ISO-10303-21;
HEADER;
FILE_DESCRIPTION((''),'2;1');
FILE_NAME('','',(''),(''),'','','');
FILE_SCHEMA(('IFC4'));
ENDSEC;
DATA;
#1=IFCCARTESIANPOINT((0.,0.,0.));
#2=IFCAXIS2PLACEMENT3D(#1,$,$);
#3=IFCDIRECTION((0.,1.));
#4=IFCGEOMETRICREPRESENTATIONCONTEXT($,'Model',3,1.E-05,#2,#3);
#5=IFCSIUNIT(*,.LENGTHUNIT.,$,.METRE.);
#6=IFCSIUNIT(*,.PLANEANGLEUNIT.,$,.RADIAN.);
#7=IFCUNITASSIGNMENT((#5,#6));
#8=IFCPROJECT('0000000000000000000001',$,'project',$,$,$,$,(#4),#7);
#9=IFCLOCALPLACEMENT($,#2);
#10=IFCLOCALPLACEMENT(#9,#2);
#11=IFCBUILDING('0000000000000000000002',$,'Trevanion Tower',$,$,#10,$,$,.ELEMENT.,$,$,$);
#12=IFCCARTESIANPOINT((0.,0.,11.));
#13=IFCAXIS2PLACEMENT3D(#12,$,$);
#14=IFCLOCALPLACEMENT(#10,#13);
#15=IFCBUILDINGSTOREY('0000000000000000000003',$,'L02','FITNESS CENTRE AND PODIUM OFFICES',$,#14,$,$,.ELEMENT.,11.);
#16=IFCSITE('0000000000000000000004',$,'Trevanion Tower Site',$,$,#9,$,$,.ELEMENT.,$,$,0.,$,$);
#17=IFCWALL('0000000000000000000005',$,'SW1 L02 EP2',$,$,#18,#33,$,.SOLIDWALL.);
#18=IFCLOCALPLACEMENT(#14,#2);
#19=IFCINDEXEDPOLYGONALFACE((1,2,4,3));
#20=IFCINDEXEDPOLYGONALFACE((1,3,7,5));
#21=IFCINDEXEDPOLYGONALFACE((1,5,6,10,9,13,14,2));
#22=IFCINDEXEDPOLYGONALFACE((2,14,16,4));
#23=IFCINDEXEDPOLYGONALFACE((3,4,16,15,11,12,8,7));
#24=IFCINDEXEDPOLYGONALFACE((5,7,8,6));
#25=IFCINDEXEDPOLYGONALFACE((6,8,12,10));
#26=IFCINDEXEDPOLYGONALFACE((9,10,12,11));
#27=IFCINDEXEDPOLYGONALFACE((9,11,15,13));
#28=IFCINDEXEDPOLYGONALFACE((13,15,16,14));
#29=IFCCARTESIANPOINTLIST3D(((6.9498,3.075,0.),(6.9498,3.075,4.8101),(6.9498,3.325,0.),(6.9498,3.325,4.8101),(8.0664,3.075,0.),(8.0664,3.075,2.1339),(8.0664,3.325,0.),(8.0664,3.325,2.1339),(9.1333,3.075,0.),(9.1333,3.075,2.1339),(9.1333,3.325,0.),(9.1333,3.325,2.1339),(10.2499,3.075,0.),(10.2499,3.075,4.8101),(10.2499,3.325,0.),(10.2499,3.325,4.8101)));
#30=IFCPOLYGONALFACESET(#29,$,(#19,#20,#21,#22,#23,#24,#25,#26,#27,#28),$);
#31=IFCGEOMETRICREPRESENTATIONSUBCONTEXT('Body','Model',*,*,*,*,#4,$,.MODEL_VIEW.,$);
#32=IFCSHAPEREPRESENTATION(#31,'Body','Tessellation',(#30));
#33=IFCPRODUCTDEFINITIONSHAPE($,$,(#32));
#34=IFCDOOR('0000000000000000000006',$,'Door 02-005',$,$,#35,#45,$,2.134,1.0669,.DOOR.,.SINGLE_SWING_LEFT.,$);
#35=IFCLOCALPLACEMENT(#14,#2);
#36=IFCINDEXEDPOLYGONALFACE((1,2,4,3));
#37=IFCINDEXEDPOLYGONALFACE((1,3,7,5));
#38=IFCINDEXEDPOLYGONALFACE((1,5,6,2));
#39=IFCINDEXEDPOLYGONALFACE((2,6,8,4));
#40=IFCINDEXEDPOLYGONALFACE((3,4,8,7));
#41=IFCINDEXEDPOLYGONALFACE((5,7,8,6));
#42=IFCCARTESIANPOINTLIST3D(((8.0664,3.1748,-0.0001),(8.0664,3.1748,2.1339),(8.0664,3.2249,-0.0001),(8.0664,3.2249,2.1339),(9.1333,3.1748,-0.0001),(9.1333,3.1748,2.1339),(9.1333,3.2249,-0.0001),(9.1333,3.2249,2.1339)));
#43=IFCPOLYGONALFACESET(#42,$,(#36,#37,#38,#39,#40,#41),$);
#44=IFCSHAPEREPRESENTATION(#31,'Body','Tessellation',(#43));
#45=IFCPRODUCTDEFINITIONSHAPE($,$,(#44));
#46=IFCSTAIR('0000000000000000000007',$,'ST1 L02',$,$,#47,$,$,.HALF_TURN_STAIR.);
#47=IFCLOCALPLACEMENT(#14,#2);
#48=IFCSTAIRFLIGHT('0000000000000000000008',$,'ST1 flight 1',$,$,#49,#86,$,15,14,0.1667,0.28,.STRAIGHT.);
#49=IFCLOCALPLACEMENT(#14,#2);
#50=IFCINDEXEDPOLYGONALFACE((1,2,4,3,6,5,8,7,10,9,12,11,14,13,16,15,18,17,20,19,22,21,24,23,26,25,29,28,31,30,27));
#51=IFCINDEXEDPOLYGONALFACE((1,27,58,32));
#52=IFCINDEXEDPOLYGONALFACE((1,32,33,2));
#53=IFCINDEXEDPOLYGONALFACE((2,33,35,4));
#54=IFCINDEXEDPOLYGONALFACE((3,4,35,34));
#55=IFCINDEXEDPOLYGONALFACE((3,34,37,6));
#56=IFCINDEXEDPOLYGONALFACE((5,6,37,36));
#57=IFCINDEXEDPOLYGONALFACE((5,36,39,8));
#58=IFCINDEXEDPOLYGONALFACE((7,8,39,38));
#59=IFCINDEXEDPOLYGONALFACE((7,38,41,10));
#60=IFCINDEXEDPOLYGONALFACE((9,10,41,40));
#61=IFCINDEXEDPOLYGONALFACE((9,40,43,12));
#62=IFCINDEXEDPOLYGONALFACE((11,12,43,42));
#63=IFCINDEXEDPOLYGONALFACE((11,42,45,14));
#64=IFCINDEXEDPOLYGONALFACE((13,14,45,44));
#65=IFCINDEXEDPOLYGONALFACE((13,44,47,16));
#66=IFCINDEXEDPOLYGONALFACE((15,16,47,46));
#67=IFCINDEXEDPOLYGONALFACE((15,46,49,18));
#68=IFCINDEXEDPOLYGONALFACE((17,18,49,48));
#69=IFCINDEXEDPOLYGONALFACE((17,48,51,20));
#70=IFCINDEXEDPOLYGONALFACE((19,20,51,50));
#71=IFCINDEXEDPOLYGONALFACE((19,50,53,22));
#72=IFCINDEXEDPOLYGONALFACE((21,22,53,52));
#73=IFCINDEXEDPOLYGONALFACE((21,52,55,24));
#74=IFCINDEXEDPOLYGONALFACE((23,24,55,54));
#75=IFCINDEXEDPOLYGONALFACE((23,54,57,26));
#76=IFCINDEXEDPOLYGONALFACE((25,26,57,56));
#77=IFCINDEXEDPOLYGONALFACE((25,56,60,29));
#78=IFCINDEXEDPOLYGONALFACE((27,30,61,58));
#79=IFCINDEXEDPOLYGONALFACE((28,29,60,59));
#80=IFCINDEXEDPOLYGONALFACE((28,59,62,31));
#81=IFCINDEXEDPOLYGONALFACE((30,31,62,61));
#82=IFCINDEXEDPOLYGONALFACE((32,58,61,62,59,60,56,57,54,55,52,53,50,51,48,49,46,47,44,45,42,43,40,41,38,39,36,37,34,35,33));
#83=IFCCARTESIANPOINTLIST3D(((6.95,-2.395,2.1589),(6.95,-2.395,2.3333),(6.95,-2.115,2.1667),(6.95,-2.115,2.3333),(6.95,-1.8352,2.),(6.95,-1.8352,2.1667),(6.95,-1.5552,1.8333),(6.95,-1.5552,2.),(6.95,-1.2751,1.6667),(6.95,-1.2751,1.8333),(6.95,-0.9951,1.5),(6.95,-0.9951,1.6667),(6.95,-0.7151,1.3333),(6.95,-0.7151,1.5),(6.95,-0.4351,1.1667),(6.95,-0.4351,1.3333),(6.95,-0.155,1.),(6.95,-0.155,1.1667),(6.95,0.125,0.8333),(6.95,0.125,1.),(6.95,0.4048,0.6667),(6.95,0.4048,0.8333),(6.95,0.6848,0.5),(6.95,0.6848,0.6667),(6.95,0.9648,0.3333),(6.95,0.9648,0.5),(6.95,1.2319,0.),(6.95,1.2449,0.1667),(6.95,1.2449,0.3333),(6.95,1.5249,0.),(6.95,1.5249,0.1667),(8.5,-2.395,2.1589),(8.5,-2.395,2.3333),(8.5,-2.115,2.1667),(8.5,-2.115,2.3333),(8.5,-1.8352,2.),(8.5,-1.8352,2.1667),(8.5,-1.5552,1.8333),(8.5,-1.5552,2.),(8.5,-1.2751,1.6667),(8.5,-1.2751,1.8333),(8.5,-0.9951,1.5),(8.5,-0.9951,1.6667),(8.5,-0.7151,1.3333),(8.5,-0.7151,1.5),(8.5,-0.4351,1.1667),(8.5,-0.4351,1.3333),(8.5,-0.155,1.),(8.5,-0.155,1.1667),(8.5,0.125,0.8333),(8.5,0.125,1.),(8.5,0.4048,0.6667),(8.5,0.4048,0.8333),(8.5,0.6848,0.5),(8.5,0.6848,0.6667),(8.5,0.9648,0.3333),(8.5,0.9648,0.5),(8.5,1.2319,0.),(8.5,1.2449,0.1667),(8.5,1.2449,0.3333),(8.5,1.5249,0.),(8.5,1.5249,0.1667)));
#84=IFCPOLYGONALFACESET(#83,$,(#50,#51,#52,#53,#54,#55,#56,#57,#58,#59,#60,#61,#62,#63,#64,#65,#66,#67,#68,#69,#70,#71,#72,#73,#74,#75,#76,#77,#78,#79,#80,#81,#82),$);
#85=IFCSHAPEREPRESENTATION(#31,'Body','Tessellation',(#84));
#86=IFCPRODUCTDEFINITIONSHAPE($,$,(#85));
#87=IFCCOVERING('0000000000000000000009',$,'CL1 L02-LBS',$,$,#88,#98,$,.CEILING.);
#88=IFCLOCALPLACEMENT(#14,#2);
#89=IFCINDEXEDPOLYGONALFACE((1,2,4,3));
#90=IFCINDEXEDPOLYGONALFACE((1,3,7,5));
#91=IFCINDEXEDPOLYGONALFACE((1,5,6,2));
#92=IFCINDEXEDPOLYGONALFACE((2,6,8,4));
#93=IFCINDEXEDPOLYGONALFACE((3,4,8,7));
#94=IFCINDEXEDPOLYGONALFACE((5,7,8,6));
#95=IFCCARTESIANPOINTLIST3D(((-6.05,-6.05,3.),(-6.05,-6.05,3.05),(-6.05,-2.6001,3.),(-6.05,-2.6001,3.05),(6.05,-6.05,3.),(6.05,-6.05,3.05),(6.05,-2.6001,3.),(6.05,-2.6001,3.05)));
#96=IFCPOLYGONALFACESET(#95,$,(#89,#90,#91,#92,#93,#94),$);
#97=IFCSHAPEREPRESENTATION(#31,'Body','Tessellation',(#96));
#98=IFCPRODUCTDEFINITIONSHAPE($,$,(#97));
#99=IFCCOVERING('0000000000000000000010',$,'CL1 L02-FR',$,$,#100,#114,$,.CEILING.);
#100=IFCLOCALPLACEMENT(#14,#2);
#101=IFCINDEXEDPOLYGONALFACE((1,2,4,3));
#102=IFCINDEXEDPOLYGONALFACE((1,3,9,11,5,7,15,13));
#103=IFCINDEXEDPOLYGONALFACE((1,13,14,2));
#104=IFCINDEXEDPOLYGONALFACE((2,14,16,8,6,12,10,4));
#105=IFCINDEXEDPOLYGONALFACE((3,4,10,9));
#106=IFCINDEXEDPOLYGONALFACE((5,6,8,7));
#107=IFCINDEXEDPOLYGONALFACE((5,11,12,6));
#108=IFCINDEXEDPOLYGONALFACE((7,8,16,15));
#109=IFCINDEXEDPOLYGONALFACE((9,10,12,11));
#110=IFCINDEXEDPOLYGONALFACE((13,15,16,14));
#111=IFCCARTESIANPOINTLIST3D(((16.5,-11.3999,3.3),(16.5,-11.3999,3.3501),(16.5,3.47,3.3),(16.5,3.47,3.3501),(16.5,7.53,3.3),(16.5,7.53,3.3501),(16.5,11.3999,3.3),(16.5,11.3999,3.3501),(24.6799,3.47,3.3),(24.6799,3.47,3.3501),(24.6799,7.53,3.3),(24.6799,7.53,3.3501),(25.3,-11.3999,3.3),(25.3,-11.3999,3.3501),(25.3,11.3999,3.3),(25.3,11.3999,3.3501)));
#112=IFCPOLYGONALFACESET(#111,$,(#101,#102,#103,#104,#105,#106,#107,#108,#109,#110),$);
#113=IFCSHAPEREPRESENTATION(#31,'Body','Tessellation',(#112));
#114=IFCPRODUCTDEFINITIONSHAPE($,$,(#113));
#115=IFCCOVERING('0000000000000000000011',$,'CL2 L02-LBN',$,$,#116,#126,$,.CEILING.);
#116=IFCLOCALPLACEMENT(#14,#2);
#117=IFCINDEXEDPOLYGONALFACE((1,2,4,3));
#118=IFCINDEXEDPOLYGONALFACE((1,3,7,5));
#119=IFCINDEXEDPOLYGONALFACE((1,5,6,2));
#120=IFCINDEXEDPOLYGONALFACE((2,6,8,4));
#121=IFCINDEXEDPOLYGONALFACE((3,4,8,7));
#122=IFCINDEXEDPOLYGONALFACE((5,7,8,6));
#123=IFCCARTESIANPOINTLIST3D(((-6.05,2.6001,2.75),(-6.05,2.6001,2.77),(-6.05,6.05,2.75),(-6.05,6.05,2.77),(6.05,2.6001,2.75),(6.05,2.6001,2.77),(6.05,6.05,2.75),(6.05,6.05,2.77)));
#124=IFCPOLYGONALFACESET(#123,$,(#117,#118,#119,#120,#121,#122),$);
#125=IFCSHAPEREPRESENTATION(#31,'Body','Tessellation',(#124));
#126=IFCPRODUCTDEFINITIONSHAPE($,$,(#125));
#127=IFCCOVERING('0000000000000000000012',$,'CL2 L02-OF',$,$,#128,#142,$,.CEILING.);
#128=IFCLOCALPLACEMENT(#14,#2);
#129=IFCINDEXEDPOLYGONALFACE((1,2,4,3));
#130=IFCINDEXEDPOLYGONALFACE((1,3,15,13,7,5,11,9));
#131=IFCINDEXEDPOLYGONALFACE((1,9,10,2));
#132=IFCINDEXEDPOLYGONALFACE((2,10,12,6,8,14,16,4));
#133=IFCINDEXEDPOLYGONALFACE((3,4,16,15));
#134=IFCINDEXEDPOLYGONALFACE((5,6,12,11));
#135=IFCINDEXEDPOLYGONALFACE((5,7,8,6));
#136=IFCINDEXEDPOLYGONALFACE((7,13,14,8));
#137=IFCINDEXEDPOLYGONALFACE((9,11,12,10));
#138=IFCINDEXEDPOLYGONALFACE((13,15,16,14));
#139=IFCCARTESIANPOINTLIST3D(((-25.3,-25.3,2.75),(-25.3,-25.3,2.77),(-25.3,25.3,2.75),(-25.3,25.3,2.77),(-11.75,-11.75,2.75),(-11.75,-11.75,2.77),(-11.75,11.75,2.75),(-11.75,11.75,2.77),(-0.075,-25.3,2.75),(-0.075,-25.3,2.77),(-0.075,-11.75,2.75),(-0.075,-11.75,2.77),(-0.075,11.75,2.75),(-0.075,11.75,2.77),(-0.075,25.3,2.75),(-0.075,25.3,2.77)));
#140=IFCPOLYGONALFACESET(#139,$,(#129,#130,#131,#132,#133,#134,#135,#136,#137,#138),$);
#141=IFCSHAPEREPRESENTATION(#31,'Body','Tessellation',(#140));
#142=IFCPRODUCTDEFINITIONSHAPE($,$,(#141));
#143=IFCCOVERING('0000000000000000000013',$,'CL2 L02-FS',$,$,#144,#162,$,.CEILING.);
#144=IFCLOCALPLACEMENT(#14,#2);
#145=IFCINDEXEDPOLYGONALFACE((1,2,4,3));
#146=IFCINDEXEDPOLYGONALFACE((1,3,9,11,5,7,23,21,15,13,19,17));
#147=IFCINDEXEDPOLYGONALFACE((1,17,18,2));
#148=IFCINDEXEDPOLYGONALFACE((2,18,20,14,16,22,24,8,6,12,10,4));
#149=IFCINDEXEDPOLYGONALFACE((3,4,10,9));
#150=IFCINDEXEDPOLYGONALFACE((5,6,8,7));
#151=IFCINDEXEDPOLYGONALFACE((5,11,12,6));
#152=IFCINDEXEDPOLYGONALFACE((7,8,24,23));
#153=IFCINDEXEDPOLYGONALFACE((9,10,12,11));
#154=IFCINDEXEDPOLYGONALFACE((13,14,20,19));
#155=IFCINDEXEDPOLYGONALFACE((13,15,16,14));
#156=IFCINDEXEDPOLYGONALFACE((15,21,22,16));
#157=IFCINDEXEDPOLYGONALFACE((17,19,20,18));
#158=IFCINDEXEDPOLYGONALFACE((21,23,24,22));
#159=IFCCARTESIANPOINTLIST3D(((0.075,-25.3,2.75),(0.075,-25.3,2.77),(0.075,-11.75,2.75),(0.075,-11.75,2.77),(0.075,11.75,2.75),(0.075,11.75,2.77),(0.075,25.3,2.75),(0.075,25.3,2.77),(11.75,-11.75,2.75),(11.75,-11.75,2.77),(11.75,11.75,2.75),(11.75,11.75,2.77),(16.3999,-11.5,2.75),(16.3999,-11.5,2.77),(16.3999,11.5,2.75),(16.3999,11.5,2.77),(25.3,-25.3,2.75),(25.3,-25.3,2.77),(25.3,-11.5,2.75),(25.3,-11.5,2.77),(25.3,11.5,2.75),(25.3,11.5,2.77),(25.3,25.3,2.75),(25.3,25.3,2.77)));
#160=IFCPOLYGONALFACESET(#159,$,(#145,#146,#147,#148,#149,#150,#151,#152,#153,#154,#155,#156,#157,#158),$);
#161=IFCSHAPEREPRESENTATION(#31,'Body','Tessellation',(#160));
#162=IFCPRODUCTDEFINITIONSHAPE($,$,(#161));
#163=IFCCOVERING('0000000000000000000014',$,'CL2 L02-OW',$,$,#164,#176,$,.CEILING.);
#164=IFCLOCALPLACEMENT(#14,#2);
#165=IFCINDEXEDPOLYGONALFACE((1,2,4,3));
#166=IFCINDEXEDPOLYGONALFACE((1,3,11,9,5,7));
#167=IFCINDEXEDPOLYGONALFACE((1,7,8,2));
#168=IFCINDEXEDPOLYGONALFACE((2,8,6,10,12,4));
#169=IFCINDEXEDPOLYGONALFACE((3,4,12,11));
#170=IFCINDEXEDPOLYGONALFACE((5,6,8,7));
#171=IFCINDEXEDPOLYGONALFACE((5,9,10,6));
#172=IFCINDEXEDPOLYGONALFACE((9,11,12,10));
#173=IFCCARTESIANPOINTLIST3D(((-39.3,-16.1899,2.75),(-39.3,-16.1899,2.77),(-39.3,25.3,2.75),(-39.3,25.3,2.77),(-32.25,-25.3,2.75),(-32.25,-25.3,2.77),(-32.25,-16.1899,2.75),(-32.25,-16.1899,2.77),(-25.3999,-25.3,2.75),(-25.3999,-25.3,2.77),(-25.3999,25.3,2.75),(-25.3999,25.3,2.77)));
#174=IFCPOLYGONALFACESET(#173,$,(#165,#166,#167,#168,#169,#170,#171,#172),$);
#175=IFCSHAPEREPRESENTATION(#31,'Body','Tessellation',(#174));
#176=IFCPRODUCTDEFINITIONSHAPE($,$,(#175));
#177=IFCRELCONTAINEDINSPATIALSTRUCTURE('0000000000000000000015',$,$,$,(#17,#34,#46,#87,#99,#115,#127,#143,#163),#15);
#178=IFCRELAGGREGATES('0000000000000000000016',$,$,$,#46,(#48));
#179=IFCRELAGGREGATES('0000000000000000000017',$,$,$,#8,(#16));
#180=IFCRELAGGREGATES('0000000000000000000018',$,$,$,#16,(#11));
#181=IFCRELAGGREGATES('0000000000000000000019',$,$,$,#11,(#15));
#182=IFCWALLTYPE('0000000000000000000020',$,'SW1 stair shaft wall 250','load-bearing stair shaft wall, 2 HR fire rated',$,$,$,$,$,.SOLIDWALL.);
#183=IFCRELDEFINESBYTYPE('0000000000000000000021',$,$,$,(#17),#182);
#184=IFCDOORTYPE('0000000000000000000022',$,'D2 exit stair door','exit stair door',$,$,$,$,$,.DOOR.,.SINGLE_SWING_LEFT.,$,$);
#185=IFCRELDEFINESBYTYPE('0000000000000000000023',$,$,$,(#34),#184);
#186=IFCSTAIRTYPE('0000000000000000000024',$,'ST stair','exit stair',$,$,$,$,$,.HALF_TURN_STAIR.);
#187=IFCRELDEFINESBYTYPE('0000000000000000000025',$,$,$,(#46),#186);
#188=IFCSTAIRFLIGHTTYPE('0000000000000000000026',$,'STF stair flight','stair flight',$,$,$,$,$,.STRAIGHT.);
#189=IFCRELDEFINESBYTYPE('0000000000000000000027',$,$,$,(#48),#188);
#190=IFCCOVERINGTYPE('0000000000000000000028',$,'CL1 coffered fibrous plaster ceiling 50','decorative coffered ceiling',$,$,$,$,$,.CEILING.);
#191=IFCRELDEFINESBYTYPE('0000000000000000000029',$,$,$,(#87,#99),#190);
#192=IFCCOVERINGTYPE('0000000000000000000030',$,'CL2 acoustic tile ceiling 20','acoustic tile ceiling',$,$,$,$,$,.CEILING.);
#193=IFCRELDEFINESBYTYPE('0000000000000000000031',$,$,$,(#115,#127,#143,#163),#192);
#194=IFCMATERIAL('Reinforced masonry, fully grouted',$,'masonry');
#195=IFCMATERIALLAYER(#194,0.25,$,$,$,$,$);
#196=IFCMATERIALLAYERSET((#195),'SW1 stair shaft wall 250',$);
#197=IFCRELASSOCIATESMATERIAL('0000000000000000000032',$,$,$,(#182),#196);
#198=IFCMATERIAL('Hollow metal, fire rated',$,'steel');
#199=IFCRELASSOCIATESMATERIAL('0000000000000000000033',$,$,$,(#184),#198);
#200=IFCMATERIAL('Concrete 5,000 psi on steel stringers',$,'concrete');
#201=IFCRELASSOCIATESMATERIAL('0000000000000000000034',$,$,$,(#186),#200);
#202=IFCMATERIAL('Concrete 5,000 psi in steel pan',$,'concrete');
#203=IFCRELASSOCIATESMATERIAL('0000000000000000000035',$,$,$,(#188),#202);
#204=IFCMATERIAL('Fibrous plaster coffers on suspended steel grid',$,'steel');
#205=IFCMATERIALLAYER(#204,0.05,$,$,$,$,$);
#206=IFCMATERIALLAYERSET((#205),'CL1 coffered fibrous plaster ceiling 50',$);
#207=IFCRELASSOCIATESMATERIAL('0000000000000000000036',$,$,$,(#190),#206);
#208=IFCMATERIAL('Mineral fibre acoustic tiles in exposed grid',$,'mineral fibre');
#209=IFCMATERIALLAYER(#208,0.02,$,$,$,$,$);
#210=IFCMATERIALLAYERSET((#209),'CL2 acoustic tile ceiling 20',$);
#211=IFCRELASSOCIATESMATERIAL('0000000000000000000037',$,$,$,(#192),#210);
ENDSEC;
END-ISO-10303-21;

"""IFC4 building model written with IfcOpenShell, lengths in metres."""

from ifc_helpers import new_model, si_unit, direction, frame, frame_2d, origin, place, context, subcontext, project, spatial, polyline, rectangle, outline, extrude, material, layer, layer_set, type_object, element, fill, aggregate, save


model = new_model("IFC4")

# Units and contexts
model_context = context("Model", 3, precision=1e-05, world=origin(), true_north=direction((0.0, 1.0)))
body_context = subcontext(model_context, "Body", "Model", "MODEL_VIEW")
ifc_project = project(units=[si_unit("LENGTHUNIT", "METRE"), si_unit("PLANEANGLEUNIT", "RADIAN")], contexts=[model_context])

# Site, building, storey
site_placement = place(None, origin())
site = spatial("IfcSite", under=ifc_project, at=site_placement, Name="Trevanion Tower Site", CompositionType="ELEMENT", RefElevation=0.0)
building_placement = place(site_placement, origin())
building = spatial("IfcBuilding", under=site, at=building_placement, Name="Trevanion Tower", CompositionType="ELEMENT")
storey_placement = place(building_placement, frame((0.0, 0.0, 11.0)))
storey = spatial("IfcBuildingStorey", under=building, at=storey_placement, Name="L02", Description="FITNESS CENTRE AND PODIUM OFFICES", CompositionType="ELEMENT", Elevation=11.0)

# Wall, opening, door
ifc_material_1 = material(Name="Reinforced masonry, fully grouted", Category="masonry")
ifc_layer_1 = layer(ifc_material_1, 0.25)
ifc_layer_set_1 = layer_set([ifc_layer_1], Name="SW1 stair shaft wall 250")
wall_type_1 = type_object("IfcWallType", Name="SW1 stair shaft wall 250", Description="load-bearing stair shaft wall, 2 HR fire rated", PredefinedType="SOLIDWALL", material=ifc_layer_set_1)
wall_1_placement = place(storey_placement, frame((6.95, 3.2, 0.0), z_axis=(0.0, 0.0, 1.0), x_axis=(1.0, 0.0, 0.0)))
wall_1 = element("IfcWall", 1, at=wall_1_placement, inside=storey, type_object=wall_type_1, Name="SW1 L02 EP2", PredefinedType="SOLIDWALL", context=body_context, shape_type="SweptSolid", body=[
    extrude(rectangle(XDim=3.3, YDim=0.25, at=frame_2d((1.6499, 0.0))), origin(), (0.0, 0.0, 1.0), 4.8101),
])
opening_1_placement = place(wall_1_placement, frame((1.1165, 0.0, 0.0)))
opening_1 = element("IfcOpeningElement", 2, at=opening_1_placement, cuts=wall_1, PredefinedType="OPENING", context=body_context, shape_type="SweptSolid", body=[
    extrude(rectangle(XDim=1.0669, YDim=2.134, at=frame_2d((0.5334, 1.0669))), frame((0.0, 0.135, 0.0), z_axis=(0.0, -1.0, 0.0), x_axis=(1.0, 0.0, 0.0)), (0.0, 0.0, 1.0), 0.27),
])
ifc_material_2 = material(Name="Hollow metal, fire rated", Category="steel")
door_type_1 = type_object("IfcDoorType", Name="D2 exit stair door", Description="exit stair door", OperationType="SINGLE_SWING_LEFT", PredefinedType="DOOR", material=ifc_material_2)
door_1_placement = place(opening_1_placement, origin())
door_1 = element("IfcDoor", 3, at=door_1_placement, inside=storey, type_object=door_type_1, Name="Door 02-005", OperationType="SINGLE_SWING_LEFT", OverallHeight=2.134, OverallWidth=1.0669, PredefinedType="DOOR", context=body_context, shape_type="SweptSolid", body=[
    extrude(rectangle(XDim=1.0669, YDim=2.134, at=frame_2d((0.5334, 1.0669))), frame((0.0, 0.0249, 0.0), z_axis=(0.0, -1.0, 0.0), x_axis=(1.0, 0.0, 0.0)), (0.0, 0.0, 1.0), 0.05),
])
fill(opening_1, door_1)

# Stair, stair flight
ifc_material_3 = material(Name="Concrete 5,000 psi on steel stringers", Category="concrete")
stair_type = type_object("IfcStairType", Name="ST stair", Description="exit stair", PredefinedType="HALF_TURN_STAIR", material=ifc_material_3)
stair_placement = place(storey_placement, origin())
stair = element("IfcStair", 4, at=stair_placement, inside=storey, type_object=stair_type, Name="ST1 L02", PredefinedType="HALF_TURN_STAIR")
ifc_material_4 = material(Name="Concrete 5,000 psi in steel pan", Category="concrete")
stair_flight_type = type_object("IfcStairFlightType", Name="STF stair flight", Description="stair flight", PredefinedType="STRAIGHT", material=ifc_material_4)
stair_flight_placement = place(storey_placement, frame((7.7251, 1.5249, 0.0), z_axis=(0.0, 0.0, 1.0), x_axis=(0.0, -1.0, 0.0)))
stair_flight = element("IfcStairFlight", 5, at=stair_flight_placement, type_object=stair_flight_type, Name="ST1 flight 1", NumberOfRisers=15, NumberOfTreads=14, PredefinedType="STRAIGHT", RiserHeight=0.1667, TreadLength=0.28, context=body_context, shape_type="SweptSolid", body=[
    extrude(outline(polyline([(0.0, 0.0), (0.0, 0.1667), (0.28, 0.1667), (0.28, 0.3333), (0.5601, 0.3333), (0.5601, 0.5), (0.8401, 0.5), (0.8401, 0.6667), (1.1201, 0.6667), (1.1201, 0.8333), (1.3999, 0.8333), (1.3999, 1.0), (1.6799, 1.0), (1.6799, 1.1667), (1.96, 1.1667), (1.96, 1.3333), (2.24, 1.3333), (2.24, 1.5), (2.52, 1.5), (2.52, 1.6667), (2.8, 1.6667), (2.8, 1.8333), (3.0801, 1.8333), (3.0801, 2.0), (3.3601, 2.0), (3.3601, 2.1667), (3.6399, 2.1667), (3.6399, 2.3333), (3.9199, 2.3333), (3.9199, 2.5), (3.9199, 2.1589), (0.293, 0.0), (0.0, 0.0)])), frame((0.0, 0.7749, 0.0), z_axis=(0.0, -1.0, 0.0), x_axis=(1.0, 0.0, 0.0)), (0.0, 0.0, 1.0), 1.55),
])
aggregate(stair, [stair_flight])

# Coverings
ifc_material_5 = material(Name="Fibrous plaster coffers on suspended steel grid", Category="steel")
ifc_layer_2 = layer(ifc_material_5, 0.05)
ifc_layer_set_2 = layer_set([ifc_layer_2], Name="CL1 coffered fibrous plaster ceiling 50")
covering_type_1 = type_object("IfcCoveringType", Name="CL1 coffered fibrous plaster ceiling 50", Description="decorative coffered ceiling", PredefinedType="CEILING", material=ifc_layer_set_2)
covering_1_placement = place(storey_placement, frame((0.0, 0.0, 3.0)))
element("IfcCovering", 6, at=covering_1_placement, inside=storey, type_object=covering_type_1, Name="CL1 L02-LBS", PredefinedType="CEILING", context=body_context, shape_type="SweptSolid", body=[
    extrude(outline(polyline([(-6.05, -6.05), (-6.05, -2.6001), (6.05, -2.6001), (6.05, -6.05), (-6.05, -6.05)])), origin(), (0.0, 0.0, 1.0), 0.05),
])
covering_2_placement = place(storey_placement, frame((0.0, 0.0, 3.3)))
element("IfcCovering", 7, at=covering_2_placement, inside=storey, type_object=covering_type_1, Name="CL1 L02-FR", PredefinedType="CEILING", context=body_context, shape_type="SweptSolid", body=[
    extrude(outline(polyline([(16.5, -11.3999), (16.5, 3.47), (24.6799, 3.47), (24.6799, 7.53), (16.5, 7.53), (16.5, 11.3999), (25.3, 11.3999), (25.3, -11.3999), (16.5, -11.3999)])), origin(), (0.0, 0.0, 1.0), 0.05),
])
ifc_material_6 = material(Name="Mineral fibre acoustic tiles in exposed grid", Category="mineral fibre")
ifc_layer_3 = layer(ifc_material_6, 0.02)
ifc_layer_set_3 = layer_set([ifc_layer_3], Name="CL2 acoustic tile ceiling 20")
covering_type_2 = type_object("IfcCoveringType", Name="CL2 acoustic tile ceiling 20", Description="acoustic tile ceiling", PredefinedType="CEILING", material=ifc_layer_set_3)
covering_3_placement = place(storey_placement, frame((0.0, 0.0, 2.75)))
element("IfcCovering", 8, at=covering_3_placement, inside=storey, type_object=covering_type_2, Name="CL2 L02-LBN", PredefinedType="CEILING", context=body_context, shape_type="SweptSolid", body=[
    extrude(outline(polyline([(-6.05, 2.6001), (-6.05, 6.05), (6.05, 6.05), (6.05, 2.6001), (-6.05, 2.6001)])), origin(), (0.0, 0.0, 1.0), 0.02),
])
covering_4_placement = place(storey_placement, frame((0.0, 0.0, 2.75)))
element("IfcCovering", 9, at=covering_4_placement, inside=storey, type_object=covering_type_2, Name="CL2 L02-OF", PredefinedType="CEILING", context=body_context, shape_type="SweptSolid", body=[
    extrude(outline(polyline([(-25.3, 25.3), (-0.075, 25.3), (-0.075, 11.75), (-11.75, 11.75), (-11.75, -11.75), (-0.075, -11.75), (-0.075, -25.3), (-25.3, -25.3), (-25.3, 25.3)])), origin(), (0.0, 0.0, 1.0), 0.02),
])
covering_5_placement = place(storey_placement, frame((0.0, 0.0, 2.75)))
element("IfcCovering", 10, at=covering_5_placement, inside=storey, type_object=covering_type_2, Name="CL2 L02-FS", PredefinedType="CEILING", context=body_context, shape_type="SweptSolid", body=[
    extrude(outline(polyline([(16.3999, 11.5), (16.3999, -11.5), (25.3, -11.5), (25.3, -25.3), (0.075, -25.3), (0.075, -11.75), (11.75, -11.75), (11.75, 11.75), (0.075, 11.75), (0.075, 25.3), (25.3, 25.3), (25.3, 11.5), (16.3999, 11.5)])), origin(), (0.0, 0.0, 1.0), 0.02),
])
covering_6_placement = place(storey_placement, frame((0.0, 0.0, 2.75)))
element("IfcCovering", 11, at=covering_6_placement, inside=storey, type_object=covering_type_2, Name="CL2 L02-OW", PredefinedType="CEILING", context=body_context, shape_type="SweptSolid", body=[
    extrude(outline(polyline([(-25.3999, -25.3), (-32.25, -25.3), (-32.25, -16.1899), (-39.3, -16.1899), (-39.3, 25.3), (-25.3999, 25.3), (-25.3999, -25.3)])), origin(), (0.0, 0.0, 1.0), 0.02),
])

save(model, "model.ifc")
